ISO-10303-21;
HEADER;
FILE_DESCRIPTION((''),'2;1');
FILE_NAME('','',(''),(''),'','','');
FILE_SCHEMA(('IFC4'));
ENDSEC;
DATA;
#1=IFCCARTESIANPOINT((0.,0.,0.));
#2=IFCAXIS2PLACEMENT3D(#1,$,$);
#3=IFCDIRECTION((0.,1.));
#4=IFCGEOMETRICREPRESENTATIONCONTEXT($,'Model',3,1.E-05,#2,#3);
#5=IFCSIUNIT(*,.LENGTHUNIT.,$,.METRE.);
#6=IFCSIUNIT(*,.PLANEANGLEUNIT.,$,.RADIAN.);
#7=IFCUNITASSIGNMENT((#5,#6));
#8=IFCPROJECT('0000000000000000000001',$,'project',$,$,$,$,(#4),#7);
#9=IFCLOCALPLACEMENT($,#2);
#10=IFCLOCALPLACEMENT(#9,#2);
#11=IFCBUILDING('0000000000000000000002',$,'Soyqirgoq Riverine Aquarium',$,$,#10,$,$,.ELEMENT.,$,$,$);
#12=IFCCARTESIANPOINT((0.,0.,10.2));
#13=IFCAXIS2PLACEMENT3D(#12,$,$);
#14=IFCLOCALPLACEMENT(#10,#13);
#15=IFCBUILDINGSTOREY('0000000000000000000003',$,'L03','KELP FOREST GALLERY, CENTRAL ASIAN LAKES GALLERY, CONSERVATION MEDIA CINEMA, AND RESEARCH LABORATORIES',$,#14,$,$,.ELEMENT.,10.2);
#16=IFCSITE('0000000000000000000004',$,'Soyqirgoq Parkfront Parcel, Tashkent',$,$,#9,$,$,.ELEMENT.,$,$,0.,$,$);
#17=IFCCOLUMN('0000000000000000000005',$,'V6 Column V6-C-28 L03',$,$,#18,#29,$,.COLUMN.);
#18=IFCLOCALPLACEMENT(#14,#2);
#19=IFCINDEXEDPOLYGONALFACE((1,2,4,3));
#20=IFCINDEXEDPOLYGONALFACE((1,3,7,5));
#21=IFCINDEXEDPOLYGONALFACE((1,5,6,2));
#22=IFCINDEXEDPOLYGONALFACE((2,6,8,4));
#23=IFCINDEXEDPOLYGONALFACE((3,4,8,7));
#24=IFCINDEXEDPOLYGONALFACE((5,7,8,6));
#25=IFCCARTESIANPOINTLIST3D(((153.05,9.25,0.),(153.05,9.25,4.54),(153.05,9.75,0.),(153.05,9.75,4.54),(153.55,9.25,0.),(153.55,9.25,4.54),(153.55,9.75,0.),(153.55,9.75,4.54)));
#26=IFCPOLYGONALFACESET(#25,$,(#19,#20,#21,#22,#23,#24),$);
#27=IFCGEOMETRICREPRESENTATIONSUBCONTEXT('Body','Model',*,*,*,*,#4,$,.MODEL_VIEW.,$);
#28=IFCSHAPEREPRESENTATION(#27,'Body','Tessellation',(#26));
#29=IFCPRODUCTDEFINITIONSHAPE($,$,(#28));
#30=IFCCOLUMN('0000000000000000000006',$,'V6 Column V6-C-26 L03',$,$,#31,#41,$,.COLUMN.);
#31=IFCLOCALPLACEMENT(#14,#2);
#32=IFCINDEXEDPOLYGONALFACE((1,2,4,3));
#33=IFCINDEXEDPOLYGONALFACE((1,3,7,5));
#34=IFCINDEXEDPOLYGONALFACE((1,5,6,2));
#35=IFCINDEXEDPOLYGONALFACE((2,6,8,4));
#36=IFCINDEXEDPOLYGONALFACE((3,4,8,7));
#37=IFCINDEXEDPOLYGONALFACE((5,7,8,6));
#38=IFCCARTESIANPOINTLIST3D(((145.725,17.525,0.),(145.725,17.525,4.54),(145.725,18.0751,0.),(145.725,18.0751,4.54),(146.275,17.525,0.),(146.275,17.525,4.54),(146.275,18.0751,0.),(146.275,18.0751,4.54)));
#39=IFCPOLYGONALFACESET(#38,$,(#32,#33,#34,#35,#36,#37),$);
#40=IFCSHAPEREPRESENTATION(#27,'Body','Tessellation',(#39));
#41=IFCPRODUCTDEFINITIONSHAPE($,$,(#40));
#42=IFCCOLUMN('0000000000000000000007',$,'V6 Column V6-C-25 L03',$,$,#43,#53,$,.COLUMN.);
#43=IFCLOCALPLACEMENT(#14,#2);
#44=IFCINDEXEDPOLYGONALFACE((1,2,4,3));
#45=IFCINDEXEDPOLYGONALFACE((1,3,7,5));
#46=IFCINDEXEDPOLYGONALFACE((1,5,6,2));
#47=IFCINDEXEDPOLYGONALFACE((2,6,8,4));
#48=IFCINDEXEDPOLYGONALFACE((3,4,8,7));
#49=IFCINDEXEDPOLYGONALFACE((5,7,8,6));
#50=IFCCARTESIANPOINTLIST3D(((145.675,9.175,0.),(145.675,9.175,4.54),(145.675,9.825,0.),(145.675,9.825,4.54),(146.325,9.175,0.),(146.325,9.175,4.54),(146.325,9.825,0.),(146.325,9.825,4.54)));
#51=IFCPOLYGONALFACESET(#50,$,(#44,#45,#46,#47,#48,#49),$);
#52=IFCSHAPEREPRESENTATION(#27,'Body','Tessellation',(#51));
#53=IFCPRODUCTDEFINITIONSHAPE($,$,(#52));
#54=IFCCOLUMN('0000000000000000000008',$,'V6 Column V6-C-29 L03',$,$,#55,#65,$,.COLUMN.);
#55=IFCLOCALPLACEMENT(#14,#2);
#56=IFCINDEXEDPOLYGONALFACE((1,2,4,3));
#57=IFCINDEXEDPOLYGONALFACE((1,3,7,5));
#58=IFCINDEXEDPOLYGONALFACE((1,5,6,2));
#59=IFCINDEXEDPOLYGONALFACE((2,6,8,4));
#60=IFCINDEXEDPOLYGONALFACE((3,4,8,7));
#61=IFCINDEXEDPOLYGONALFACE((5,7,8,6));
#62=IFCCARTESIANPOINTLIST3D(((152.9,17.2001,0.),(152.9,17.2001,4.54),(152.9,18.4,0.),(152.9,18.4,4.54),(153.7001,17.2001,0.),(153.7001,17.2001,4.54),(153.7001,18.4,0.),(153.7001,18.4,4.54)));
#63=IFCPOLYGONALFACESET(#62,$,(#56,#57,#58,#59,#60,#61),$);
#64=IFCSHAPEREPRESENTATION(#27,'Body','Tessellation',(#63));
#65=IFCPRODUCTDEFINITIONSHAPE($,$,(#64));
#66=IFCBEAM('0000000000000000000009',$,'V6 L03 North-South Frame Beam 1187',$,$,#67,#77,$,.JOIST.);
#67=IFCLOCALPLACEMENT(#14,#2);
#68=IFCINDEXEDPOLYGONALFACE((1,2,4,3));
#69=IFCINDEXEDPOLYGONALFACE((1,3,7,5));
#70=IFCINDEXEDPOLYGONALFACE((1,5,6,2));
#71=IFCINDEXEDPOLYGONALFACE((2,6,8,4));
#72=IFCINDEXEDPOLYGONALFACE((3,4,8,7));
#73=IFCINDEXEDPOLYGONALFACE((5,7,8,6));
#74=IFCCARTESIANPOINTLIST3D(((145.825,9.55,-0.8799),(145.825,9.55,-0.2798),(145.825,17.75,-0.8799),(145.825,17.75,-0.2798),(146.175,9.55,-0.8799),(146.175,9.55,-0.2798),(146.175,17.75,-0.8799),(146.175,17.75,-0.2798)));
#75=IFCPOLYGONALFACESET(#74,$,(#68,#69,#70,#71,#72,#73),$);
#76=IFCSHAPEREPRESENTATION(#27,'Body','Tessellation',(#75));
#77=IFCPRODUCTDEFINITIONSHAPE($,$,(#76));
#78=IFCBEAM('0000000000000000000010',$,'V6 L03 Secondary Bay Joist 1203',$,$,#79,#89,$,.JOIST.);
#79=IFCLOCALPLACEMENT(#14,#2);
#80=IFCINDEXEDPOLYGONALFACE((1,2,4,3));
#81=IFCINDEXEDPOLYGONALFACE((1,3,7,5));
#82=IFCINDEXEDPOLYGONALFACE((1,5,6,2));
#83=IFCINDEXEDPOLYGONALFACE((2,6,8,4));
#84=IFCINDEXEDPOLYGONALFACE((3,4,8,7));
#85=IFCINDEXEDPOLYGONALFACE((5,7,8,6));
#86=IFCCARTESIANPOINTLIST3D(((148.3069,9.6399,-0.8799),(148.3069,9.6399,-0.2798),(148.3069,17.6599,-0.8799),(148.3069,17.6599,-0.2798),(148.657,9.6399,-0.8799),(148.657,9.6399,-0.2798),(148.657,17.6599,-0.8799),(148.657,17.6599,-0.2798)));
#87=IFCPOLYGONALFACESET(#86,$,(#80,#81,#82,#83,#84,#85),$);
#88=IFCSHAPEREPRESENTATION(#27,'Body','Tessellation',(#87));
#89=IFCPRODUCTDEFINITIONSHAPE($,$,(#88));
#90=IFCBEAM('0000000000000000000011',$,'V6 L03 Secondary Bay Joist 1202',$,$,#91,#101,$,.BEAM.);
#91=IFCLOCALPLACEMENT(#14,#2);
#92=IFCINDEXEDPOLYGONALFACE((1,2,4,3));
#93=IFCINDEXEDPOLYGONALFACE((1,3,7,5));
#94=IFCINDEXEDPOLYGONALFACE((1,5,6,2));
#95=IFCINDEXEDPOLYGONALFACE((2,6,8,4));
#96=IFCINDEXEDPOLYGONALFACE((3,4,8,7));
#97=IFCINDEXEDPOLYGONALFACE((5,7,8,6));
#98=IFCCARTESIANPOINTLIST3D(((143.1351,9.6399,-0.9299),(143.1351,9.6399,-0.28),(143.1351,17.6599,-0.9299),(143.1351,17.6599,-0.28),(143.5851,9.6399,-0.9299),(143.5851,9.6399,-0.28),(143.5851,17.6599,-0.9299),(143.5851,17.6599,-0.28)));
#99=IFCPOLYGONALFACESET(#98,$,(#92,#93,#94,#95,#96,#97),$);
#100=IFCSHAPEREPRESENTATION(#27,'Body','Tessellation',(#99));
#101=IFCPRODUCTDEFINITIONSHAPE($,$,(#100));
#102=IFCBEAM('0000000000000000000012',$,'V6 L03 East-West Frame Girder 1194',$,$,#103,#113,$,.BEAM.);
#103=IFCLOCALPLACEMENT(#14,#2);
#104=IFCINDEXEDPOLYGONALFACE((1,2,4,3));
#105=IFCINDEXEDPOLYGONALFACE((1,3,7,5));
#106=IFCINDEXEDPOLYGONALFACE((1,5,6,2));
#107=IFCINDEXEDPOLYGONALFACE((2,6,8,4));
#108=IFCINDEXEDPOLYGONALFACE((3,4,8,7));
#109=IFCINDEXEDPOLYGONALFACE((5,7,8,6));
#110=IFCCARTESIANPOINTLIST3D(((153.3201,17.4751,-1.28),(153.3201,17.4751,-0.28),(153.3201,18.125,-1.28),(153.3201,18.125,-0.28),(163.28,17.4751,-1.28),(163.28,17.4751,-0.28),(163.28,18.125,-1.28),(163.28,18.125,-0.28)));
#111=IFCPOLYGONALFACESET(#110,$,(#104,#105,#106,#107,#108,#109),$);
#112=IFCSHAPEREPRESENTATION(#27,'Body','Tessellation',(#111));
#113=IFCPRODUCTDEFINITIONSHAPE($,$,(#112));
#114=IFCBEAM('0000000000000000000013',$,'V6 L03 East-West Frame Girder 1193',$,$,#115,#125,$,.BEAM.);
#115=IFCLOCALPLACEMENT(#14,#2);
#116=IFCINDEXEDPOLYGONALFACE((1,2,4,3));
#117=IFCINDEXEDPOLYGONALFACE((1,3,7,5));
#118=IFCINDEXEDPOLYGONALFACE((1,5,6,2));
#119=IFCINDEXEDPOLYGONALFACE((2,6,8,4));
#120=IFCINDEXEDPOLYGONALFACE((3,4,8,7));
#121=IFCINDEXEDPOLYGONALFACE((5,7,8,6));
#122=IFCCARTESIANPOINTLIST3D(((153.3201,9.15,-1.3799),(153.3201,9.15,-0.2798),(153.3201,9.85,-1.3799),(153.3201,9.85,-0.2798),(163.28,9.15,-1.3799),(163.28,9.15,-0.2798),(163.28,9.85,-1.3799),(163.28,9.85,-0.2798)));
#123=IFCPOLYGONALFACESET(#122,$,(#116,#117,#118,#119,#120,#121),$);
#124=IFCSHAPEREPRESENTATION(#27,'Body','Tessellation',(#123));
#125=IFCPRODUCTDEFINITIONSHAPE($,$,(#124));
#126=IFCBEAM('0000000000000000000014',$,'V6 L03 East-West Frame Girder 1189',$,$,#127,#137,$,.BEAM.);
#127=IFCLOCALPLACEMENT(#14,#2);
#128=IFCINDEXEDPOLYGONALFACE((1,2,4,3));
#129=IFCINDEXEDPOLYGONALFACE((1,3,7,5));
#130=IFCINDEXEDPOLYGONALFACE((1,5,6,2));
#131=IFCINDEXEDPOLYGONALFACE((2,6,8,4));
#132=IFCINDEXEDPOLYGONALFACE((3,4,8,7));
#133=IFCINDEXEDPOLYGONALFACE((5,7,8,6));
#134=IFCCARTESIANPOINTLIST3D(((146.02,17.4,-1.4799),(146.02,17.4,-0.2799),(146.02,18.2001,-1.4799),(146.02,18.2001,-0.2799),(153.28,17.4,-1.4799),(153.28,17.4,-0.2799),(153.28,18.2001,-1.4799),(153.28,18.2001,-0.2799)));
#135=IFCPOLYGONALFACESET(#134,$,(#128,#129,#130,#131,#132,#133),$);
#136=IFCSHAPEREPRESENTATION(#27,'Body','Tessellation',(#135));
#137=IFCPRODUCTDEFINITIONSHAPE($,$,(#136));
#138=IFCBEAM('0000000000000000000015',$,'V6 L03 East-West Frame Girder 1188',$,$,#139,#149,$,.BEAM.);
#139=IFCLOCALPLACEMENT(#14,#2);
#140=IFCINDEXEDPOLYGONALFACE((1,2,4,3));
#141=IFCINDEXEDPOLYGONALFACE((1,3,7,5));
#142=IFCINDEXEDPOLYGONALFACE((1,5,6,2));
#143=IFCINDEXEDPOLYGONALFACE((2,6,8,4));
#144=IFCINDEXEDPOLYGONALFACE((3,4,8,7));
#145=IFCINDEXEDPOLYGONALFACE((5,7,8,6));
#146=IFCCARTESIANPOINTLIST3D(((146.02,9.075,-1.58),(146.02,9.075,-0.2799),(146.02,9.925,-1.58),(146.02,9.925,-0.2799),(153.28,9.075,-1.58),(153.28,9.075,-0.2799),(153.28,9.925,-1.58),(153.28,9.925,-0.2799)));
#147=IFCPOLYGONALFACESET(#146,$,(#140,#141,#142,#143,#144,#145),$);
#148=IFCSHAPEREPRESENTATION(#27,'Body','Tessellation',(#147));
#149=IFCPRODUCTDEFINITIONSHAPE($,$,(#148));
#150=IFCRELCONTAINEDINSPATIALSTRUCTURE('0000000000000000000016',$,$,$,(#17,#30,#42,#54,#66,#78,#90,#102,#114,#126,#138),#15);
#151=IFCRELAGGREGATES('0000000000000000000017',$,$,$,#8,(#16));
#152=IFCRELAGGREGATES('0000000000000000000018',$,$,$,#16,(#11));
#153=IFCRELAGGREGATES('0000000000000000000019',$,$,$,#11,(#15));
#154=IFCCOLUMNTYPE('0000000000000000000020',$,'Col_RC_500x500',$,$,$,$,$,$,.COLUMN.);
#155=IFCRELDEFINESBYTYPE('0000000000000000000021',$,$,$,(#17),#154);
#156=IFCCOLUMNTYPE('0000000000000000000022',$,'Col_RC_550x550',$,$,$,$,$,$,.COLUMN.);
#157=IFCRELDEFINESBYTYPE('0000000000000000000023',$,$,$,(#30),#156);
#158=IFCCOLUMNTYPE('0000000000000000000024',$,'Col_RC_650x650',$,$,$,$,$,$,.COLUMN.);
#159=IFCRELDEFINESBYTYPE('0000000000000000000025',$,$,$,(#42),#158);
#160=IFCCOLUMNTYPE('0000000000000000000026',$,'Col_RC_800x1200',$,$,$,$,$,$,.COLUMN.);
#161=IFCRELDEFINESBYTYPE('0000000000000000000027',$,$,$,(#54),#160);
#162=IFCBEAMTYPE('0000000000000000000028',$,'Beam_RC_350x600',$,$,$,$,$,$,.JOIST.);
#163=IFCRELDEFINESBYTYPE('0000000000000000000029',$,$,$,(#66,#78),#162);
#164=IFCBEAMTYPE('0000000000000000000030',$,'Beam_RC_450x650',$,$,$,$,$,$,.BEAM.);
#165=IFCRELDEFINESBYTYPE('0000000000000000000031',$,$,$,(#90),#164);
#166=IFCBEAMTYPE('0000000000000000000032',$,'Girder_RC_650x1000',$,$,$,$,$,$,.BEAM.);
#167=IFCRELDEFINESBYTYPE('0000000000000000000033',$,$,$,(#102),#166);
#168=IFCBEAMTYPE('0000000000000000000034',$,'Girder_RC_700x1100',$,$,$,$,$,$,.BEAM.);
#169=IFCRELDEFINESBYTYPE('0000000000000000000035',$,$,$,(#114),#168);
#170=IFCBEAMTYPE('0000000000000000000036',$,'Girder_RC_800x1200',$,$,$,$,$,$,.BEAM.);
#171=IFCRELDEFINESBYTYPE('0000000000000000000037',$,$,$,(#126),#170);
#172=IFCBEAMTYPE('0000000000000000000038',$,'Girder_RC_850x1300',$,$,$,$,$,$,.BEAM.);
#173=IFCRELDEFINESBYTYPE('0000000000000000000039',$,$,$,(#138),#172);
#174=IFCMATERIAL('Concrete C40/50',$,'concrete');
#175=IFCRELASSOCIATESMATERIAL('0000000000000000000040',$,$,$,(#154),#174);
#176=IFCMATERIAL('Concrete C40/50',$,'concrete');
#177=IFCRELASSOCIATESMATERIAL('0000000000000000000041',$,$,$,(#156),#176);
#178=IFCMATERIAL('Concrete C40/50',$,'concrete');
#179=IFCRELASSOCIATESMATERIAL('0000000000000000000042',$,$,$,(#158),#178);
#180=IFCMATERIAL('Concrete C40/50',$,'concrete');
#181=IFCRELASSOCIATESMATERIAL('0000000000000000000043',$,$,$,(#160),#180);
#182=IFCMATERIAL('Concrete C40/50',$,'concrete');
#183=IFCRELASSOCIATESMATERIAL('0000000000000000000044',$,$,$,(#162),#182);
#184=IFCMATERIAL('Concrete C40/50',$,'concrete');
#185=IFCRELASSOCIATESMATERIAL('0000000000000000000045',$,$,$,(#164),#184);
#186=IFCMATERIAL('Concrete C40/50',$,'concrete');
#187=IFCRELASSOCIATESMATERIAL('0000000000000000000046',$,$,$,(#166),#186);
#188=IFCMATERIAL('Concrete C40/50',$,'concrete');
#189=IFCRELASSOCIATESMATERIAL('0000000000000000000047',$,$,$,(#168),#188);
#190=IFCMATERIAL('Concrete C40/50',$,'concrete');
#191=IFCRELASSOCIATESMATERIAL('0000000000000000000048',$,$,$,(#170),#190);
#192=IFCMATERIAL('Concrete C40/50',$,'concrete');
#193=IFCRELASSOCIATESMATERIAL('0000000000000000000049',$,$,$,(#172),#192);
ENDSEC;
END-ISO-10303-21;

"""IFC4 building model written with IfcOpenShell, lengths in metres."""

from ifc_helpers import new_model, si_unit, direction, frame, origin, origin_2d, place, context, subcontext, project, spatial, rectangle, extrude, material, material_profile, profile_set, type_object, element, save


model = new_model("IFC4")

# Units and contexts
model_context = context("Model", 3, precision=1e-05, world=origin(), true_north=direction((0.0, 1.0)))
body_context = subcontext(model_context, "Body", "Model", "MODEL_VIEW")
ifc_project = project(units=[si_unit("LENGTHUNIT", "METRE"), si_unit("PLANEANGLEUNIT", "RADIAN")], contexts=[model_context])

# Site, building, storey
site_placement = place(None, origin())
site = spatial("IfcSite", under=ifc_project, at=site_placement, Name="Soyqirgoq Parkfront Parcel, Tashkent", CompositionType="ELEMENT", RefElevation=0.0)
building_placement = place(site_placement, origin())
building = spatial("IfcBuilding", under=site, at=building_placement, Name="Soyqirgoq Riverine Aquarium", CompositionType="ELEMENT")
storey_placement = place(building_placement, frame((0.0, 0.0, 10.2)))
storey = spatial("IfcBuildingStorey", under=building, at=storey_placement, Name="L03", Description="KELP FOREST GALLERY, CENTRAL ASIAN LAKES GALLERY, CONSERVATION MEDIA CINEMA, AND RESEARCH LABORATORIES", CompositionType="ELEMENT", Elevation=10.2)

# Columns
ifc_material_1 = material(Name="Concrete C40/50", Category="concrete")
ifc_material_profile_1 = material_profile(ifc_material_1, rectangle(XDim=0.5, YDim=0.5, at=origin_2d()), Name="RC 500x500")
ifc_profile_set_1 = profile_set([ifc_material_profile_1], Name="Concrete C40/50")
column_type_1 = type_object("IfcColumnType", Name="Col_RC_500x500", PredefinedType="COLUMN", material=ifc_profile_set_1)
column_1_placement = place(storey_placement, frame((153.3, 9.5, 0.0), z_axis=(0.0, 0.0, 1.0), x_axis=(1.0, 0.0, 0.0)))
element("IfcColumn", 1, at=column_1_placement, inside=storey, type_object=column_type_1, Name="V6 Column V6-C-28 L03", PredefinedType="COLUMN", context=body_context, shape_type="SweptSolid", body=[
    extrude(rectangle(XDim=0.5, YDim=0.5, at=origin_2d()), origin(), (0.0, 0.0, 1.0), 4.54),
])
ifc_material_2 = material(Name="Concrete C40/50", Category="concrete")
ifc_material_profile_2 = material_profile(ifc_material_2, rectangle(XDim=0.55, YDim=0.55, at=origin_2d()), Name="RC 550x550")
ifc_profile_set_2 = profile_set([ifc_material_profile_2], Name="Concrete C40/50")
column_type_2 = type_object("IfcColumnType", Name="Col_RC_550x550", PredefinedType="COLUMN", material=ifc_profile_set_2)
column_2_placement = place(storey_placement, frame((146.0, 17.8, 0.0), z_axis=(0.0, 0.0, 1.0), x_axis=(1.0, 0.0, 0.0)))
element("IfcColumn", 2, at=column_2_placement, inside=storey, type_object=column_type_2, Name="V6 Column V6-C-26 L03", PredefinedType="COLUMN", context=body_context, shape_type="SweptSolid", body=[
    extrude(rectangle(XDim=0.55, YDim=0.55, at=origin_2d()), origin(), (0.0, 0.0, 1.0), 4.54),
])
ifc_material_3 = material(Name="Concrete C40/50", Category="concrete")
ifc_material_profile_3 = material_profile(ifc_material_3, rectangle(XDim=0.6499, YDim=0.6499, at=origin_2d()), Name="RC 650x650")
ifc_profile_set_3 = profile_set([ifc_material_profile_3], Name="Concrete C40/50")
column_type_3 = type_object("IfcColumnType", Name="Col_RC_650x650", PredefinedType="COLUMN", material=ifc_profile_set_3)
column_3_placement = place(storey_placement, frame((146.0, 9.5, 0.0), z_axis=(0.0, 0.0, 1.0), x_axis=(1.0, 0.0, 0.0)))
element("IfcColumn", 3, at=column_3_placement, inside=storey, type_object=column_type_3, Name="V6 Column V6-C-25 L03", PredefinedType="COLUMN", context=body_context, shape_type="SweptSolid", body=[
    extrude(rectangle(XDim=0.6499, YDim=0.6499, at=origin_2d()), origin(), (0.0, 0.0, 1.0), 4.54),
])
ifc_material_4 = material(Name="Concrete C40/50", Category="concrete")
ifc_material_profile_4 = material_profile(ifc_material_4, rectangle(XDim=0.8, YDim=1.2, at=origin_2d()), Name="RC-COL 800x1200")
ifc_profile_set_4 = profile_set([ifc_material_profile_4], Name="Concrete C40/50")
column_type_4 = type_object("IfcColumnType", Name="Col_RC_800x1200", PredefinedType="COLUMN", material=ifc_profile_set_4)
column_4_placement = place(storey_placement, frame((153.3, 17.8, 0.0), z_axis=(0.0, 0.0, 1.0), x_axis=(1.0, 0.0, 0.0)))
element("IfcColumn", 4, at=column_4_placement, inside=storey, type_object=column_type_4, Name="V6 Column V6-C-29 L03", PredefinedType="COLUMN", context=body_context, shape_type="SweptSolid", body=[
    extrude(rectangle(XDim=0.8, YDim=1.2, at=origin_2d()), origin(), (0.0, 0.0, 1.0), 4.54),
])

# Beams
ifc_material_5 = material(Name="Concrete C40/50", Category="concrete")
ifc_material_profile_5 = material_profile(ifc_material_5, rectangle(XDim=0.3501, YDim=0.6001, at=origin_2d()), Name="RC 350x600")
ifc_profile_set_5 = profile_set([ifc_material_profile_5], Name="Concrete C40/50")
beam_type_1 = type_object("IfcBeamType", Name="Beam_RC_350x600", PredefinedType="JOIST", material=ifc_profile_set_5)
beam_1_placement = place(storey_placement, frame((146.0, 9.55, -0.5798), z_axis=(0.0, 1.0, 0.0), x_axis=(-1.0, 0.0, 0.0)))
element("IfcBeam", 5, at=beam_1_placement, inside=storey, type_object=beam_type_1, Name="V6 L03 North-South Frame Beam 1187", PredefinedType="JOIST", context=body_context, shape_type="SweptSolid", body=[
    extrude(rectangle(XDim=0.3501, YDim=0.6001, at=origin_2d()), origin(), (0.0, 0.0, 1.0), 8.2),
])
beam_2_placement = place(storey_placement, frame((148.4819, 9.6399, -0.5798), z_axis=(0.0, 1.0, 0.0), x_axis=(-1.0, 0.0, 0.0)))
element("IfcBeam", 6, at=beam_2_placement, inside=storey, type_object=beam_type_1, Name="V6 L03 Secondary Bay Joist 1203", PredefinedType="JOIST", context=body_context, shape_type="SweptSolid", body=[
    extrude(rectangle(XDim=0.3501, YDim=0.6001, at=origin_2d()), origin(), (0.0, 0.0, 1.0), 8.02),
])
ifc_material_6 = material(Name="Concrete C40/50", Category="concrete")
ifc_material_profile_6 = material_profile(ifc_material_6, rectangle(XDim=0.45, YDim=0.6499, at=origin_2d()), Name="RC 450x650")
ifc_profile_set_6 = profile_set([ifc_material_profile_6], Name="Concrete C40/50")
beam_type_2 = type_object("IfcBeamType", Name="Beam_RC_450x650", PredefinedType="BEAM", material=ifc_profile_set_6)
beam_3_placement = place(storey_placement, frame((143.3601, 9.6399, -0.605), z_axis=(0.0, 1.0, 0.0), x_axis=(-1.0, 0.0, 0.0)))
element("IfcBeam", 7, at=beam_3_placement, inside=storey, type_object=beam_type_2, Name="V6 L03 Secondary Bay Joist 1202", PredefinedType="BEAM", context=body_context, shape_type="SweptSolid", body=[
    extrude(rectangle(XDim=0.45, YDim=0.6499, at=origin_2d()), origin(), (0.0, 0.0, 1.0), 8.02),
])
ifc_material_7 = material(Name="Concrete C40/50", Category="concrete")
ifc_material_profile_7 = material_profile(ifc_material_7, rectangle(XDim=0.6499, YDim=1.0, at=origin_2d()), Name="RC 650x1000")
ifc_profile_set_7 = profile_set([ifc_material_profile_7], Name="Concrete C40/50")
beam_type_3 = type_object("IfcBeamType", Name="Girder_RC_650x1000", PredefinedType="BEAM", material=ifc_profile_set_7)
beam_4_placement = place(storey_placement, frame((153.3201, 17.8, -0.78), z_axis=(1.0, 0.0, 0.0), x_axis=(0.0, 1.0, 0.0)))
element("IfcBeam", 8, at=beam_4_placement, inside=storey, type_object=beam_type_3, Name="V6 L03 East-West Frame Girder 1194", PredefinedType="BEAM", context=body_context, shape_type="SweptSolid", body=[
    extrude(rectangle(XDim=0.6499, YDim=1.0, at=origin_2d()), origin(), (0.0, 0.0, 1.0), 9.96),
])
ifc_material_8 = material(Name="Concrete C40/50", Category="concrete")
ifc_material_profile_8 = material_profile(ifc_material_8, rectangle(XDim=0.7, YDim=1.1001, at=origin_2d()), Name="RC 700x1100")
ifc_profile_set_8 = profile_set([ifc_material_profile_8], Name="Concrete C40/50")
beam_type_4 = type_object("IfcBeamType", Name="Girder_RC_700x1100", PredefinedType="BEAM", material=ifc_profile_set_8)
beam_5_placement = place(storey_placement, frame((153.3201, 9.5, -0.8298), z_axis=(1.0, 0.0, 0.0), x_axis=(0.0, 1.0, 0.0)))
element("IfcBeam", 9, at=beam_5_placement, inside=storey, type_object=beam_type_4, Name="V6 L03 East-West Frame Girder 1193", PredefinedType="BEAM", context=body_context, shape_type="SweptSolid", body=[
    extrude(rectangle(XDim=0.7, YDim=1.1001, at=origin_2d()), origin(), (0.0, 0.0, 1.0), 9.96),
])
ifc_material_9 = material(Name="Concrete C40/50", Category="concrete")
ifc_material_profile_9 = material_profile(ifc_material_9, rectangle(XDim=0.8, YDim=1.2, at=origin_2d()), Name="RC 800x1200")
ifc_profile_set_9 = profile_set([ifc_material_profile_9], Name="Concrete C40/50")
beam_type_5 = type_object("IfcBeamType", Name="Girder_RC_800x1200", PredefinedType="BEAM", material=ifc_profile_set_9)
beam_6_placement = place(storey_placement, frame((146.02, 17.8, -0.8799), z_axis=(1.0, 0.0, 0.0), x_axis=(0.0, 1.0, 0.0)))
element("IfcBeam", 10, at=beam_6_placement, inside=storey, type_object=beam_type_5, Name="V6 L03 East-West Frame Girder 1189", PredefinedType="BEAM", context=body_context, shape_type="SweptSolid", body=[
    extrude(rectangle(XDim=0.8, YDim=1.2, at=origin_2d()), origin(), (0.0, 0.0, 1.0), 7.26),
])
ifc_material_10 = material(Name="Concrete C40/50", Category="concrete")
ifc_material_profile_10 = material_profile(ifc_material_10, rectangle(XDim=0.8501, YDim=1.3, at=origin_2d()), Name="RC 850x1300")
ifc_profile_set_10 = profile_set([ifc_material_profile_10], Name="Concrete C40/50")
beam_type_6 = type_object("IfcBeamType", Name="Girder_RC_850x1300", PredefinedType="BEAM", material=ifc_profile_set_10)
beam_7_placement = place(storey_placement, frame((146.02, 9.5, -0.9299), z_axis=(1.0, 0.0, 0.0), x_axis=(0.0, 1.0, 0.0)))
element("IfcBeam", 11, at=beam_7_placement, inside=storey, type_object=beam_type_6, Name="V6 L03 East-West Frame Girder 1188", PredefinedType="BEAM", context=body_context, shape_type="SweptSolid", body=[
    extrude(rectangle(XDim=0.8501, YDim=1.3, at=origin_2d()), origin(), (0.0, 0.0, 1.0), 7.26),
])

save(model, "model.ifc")
